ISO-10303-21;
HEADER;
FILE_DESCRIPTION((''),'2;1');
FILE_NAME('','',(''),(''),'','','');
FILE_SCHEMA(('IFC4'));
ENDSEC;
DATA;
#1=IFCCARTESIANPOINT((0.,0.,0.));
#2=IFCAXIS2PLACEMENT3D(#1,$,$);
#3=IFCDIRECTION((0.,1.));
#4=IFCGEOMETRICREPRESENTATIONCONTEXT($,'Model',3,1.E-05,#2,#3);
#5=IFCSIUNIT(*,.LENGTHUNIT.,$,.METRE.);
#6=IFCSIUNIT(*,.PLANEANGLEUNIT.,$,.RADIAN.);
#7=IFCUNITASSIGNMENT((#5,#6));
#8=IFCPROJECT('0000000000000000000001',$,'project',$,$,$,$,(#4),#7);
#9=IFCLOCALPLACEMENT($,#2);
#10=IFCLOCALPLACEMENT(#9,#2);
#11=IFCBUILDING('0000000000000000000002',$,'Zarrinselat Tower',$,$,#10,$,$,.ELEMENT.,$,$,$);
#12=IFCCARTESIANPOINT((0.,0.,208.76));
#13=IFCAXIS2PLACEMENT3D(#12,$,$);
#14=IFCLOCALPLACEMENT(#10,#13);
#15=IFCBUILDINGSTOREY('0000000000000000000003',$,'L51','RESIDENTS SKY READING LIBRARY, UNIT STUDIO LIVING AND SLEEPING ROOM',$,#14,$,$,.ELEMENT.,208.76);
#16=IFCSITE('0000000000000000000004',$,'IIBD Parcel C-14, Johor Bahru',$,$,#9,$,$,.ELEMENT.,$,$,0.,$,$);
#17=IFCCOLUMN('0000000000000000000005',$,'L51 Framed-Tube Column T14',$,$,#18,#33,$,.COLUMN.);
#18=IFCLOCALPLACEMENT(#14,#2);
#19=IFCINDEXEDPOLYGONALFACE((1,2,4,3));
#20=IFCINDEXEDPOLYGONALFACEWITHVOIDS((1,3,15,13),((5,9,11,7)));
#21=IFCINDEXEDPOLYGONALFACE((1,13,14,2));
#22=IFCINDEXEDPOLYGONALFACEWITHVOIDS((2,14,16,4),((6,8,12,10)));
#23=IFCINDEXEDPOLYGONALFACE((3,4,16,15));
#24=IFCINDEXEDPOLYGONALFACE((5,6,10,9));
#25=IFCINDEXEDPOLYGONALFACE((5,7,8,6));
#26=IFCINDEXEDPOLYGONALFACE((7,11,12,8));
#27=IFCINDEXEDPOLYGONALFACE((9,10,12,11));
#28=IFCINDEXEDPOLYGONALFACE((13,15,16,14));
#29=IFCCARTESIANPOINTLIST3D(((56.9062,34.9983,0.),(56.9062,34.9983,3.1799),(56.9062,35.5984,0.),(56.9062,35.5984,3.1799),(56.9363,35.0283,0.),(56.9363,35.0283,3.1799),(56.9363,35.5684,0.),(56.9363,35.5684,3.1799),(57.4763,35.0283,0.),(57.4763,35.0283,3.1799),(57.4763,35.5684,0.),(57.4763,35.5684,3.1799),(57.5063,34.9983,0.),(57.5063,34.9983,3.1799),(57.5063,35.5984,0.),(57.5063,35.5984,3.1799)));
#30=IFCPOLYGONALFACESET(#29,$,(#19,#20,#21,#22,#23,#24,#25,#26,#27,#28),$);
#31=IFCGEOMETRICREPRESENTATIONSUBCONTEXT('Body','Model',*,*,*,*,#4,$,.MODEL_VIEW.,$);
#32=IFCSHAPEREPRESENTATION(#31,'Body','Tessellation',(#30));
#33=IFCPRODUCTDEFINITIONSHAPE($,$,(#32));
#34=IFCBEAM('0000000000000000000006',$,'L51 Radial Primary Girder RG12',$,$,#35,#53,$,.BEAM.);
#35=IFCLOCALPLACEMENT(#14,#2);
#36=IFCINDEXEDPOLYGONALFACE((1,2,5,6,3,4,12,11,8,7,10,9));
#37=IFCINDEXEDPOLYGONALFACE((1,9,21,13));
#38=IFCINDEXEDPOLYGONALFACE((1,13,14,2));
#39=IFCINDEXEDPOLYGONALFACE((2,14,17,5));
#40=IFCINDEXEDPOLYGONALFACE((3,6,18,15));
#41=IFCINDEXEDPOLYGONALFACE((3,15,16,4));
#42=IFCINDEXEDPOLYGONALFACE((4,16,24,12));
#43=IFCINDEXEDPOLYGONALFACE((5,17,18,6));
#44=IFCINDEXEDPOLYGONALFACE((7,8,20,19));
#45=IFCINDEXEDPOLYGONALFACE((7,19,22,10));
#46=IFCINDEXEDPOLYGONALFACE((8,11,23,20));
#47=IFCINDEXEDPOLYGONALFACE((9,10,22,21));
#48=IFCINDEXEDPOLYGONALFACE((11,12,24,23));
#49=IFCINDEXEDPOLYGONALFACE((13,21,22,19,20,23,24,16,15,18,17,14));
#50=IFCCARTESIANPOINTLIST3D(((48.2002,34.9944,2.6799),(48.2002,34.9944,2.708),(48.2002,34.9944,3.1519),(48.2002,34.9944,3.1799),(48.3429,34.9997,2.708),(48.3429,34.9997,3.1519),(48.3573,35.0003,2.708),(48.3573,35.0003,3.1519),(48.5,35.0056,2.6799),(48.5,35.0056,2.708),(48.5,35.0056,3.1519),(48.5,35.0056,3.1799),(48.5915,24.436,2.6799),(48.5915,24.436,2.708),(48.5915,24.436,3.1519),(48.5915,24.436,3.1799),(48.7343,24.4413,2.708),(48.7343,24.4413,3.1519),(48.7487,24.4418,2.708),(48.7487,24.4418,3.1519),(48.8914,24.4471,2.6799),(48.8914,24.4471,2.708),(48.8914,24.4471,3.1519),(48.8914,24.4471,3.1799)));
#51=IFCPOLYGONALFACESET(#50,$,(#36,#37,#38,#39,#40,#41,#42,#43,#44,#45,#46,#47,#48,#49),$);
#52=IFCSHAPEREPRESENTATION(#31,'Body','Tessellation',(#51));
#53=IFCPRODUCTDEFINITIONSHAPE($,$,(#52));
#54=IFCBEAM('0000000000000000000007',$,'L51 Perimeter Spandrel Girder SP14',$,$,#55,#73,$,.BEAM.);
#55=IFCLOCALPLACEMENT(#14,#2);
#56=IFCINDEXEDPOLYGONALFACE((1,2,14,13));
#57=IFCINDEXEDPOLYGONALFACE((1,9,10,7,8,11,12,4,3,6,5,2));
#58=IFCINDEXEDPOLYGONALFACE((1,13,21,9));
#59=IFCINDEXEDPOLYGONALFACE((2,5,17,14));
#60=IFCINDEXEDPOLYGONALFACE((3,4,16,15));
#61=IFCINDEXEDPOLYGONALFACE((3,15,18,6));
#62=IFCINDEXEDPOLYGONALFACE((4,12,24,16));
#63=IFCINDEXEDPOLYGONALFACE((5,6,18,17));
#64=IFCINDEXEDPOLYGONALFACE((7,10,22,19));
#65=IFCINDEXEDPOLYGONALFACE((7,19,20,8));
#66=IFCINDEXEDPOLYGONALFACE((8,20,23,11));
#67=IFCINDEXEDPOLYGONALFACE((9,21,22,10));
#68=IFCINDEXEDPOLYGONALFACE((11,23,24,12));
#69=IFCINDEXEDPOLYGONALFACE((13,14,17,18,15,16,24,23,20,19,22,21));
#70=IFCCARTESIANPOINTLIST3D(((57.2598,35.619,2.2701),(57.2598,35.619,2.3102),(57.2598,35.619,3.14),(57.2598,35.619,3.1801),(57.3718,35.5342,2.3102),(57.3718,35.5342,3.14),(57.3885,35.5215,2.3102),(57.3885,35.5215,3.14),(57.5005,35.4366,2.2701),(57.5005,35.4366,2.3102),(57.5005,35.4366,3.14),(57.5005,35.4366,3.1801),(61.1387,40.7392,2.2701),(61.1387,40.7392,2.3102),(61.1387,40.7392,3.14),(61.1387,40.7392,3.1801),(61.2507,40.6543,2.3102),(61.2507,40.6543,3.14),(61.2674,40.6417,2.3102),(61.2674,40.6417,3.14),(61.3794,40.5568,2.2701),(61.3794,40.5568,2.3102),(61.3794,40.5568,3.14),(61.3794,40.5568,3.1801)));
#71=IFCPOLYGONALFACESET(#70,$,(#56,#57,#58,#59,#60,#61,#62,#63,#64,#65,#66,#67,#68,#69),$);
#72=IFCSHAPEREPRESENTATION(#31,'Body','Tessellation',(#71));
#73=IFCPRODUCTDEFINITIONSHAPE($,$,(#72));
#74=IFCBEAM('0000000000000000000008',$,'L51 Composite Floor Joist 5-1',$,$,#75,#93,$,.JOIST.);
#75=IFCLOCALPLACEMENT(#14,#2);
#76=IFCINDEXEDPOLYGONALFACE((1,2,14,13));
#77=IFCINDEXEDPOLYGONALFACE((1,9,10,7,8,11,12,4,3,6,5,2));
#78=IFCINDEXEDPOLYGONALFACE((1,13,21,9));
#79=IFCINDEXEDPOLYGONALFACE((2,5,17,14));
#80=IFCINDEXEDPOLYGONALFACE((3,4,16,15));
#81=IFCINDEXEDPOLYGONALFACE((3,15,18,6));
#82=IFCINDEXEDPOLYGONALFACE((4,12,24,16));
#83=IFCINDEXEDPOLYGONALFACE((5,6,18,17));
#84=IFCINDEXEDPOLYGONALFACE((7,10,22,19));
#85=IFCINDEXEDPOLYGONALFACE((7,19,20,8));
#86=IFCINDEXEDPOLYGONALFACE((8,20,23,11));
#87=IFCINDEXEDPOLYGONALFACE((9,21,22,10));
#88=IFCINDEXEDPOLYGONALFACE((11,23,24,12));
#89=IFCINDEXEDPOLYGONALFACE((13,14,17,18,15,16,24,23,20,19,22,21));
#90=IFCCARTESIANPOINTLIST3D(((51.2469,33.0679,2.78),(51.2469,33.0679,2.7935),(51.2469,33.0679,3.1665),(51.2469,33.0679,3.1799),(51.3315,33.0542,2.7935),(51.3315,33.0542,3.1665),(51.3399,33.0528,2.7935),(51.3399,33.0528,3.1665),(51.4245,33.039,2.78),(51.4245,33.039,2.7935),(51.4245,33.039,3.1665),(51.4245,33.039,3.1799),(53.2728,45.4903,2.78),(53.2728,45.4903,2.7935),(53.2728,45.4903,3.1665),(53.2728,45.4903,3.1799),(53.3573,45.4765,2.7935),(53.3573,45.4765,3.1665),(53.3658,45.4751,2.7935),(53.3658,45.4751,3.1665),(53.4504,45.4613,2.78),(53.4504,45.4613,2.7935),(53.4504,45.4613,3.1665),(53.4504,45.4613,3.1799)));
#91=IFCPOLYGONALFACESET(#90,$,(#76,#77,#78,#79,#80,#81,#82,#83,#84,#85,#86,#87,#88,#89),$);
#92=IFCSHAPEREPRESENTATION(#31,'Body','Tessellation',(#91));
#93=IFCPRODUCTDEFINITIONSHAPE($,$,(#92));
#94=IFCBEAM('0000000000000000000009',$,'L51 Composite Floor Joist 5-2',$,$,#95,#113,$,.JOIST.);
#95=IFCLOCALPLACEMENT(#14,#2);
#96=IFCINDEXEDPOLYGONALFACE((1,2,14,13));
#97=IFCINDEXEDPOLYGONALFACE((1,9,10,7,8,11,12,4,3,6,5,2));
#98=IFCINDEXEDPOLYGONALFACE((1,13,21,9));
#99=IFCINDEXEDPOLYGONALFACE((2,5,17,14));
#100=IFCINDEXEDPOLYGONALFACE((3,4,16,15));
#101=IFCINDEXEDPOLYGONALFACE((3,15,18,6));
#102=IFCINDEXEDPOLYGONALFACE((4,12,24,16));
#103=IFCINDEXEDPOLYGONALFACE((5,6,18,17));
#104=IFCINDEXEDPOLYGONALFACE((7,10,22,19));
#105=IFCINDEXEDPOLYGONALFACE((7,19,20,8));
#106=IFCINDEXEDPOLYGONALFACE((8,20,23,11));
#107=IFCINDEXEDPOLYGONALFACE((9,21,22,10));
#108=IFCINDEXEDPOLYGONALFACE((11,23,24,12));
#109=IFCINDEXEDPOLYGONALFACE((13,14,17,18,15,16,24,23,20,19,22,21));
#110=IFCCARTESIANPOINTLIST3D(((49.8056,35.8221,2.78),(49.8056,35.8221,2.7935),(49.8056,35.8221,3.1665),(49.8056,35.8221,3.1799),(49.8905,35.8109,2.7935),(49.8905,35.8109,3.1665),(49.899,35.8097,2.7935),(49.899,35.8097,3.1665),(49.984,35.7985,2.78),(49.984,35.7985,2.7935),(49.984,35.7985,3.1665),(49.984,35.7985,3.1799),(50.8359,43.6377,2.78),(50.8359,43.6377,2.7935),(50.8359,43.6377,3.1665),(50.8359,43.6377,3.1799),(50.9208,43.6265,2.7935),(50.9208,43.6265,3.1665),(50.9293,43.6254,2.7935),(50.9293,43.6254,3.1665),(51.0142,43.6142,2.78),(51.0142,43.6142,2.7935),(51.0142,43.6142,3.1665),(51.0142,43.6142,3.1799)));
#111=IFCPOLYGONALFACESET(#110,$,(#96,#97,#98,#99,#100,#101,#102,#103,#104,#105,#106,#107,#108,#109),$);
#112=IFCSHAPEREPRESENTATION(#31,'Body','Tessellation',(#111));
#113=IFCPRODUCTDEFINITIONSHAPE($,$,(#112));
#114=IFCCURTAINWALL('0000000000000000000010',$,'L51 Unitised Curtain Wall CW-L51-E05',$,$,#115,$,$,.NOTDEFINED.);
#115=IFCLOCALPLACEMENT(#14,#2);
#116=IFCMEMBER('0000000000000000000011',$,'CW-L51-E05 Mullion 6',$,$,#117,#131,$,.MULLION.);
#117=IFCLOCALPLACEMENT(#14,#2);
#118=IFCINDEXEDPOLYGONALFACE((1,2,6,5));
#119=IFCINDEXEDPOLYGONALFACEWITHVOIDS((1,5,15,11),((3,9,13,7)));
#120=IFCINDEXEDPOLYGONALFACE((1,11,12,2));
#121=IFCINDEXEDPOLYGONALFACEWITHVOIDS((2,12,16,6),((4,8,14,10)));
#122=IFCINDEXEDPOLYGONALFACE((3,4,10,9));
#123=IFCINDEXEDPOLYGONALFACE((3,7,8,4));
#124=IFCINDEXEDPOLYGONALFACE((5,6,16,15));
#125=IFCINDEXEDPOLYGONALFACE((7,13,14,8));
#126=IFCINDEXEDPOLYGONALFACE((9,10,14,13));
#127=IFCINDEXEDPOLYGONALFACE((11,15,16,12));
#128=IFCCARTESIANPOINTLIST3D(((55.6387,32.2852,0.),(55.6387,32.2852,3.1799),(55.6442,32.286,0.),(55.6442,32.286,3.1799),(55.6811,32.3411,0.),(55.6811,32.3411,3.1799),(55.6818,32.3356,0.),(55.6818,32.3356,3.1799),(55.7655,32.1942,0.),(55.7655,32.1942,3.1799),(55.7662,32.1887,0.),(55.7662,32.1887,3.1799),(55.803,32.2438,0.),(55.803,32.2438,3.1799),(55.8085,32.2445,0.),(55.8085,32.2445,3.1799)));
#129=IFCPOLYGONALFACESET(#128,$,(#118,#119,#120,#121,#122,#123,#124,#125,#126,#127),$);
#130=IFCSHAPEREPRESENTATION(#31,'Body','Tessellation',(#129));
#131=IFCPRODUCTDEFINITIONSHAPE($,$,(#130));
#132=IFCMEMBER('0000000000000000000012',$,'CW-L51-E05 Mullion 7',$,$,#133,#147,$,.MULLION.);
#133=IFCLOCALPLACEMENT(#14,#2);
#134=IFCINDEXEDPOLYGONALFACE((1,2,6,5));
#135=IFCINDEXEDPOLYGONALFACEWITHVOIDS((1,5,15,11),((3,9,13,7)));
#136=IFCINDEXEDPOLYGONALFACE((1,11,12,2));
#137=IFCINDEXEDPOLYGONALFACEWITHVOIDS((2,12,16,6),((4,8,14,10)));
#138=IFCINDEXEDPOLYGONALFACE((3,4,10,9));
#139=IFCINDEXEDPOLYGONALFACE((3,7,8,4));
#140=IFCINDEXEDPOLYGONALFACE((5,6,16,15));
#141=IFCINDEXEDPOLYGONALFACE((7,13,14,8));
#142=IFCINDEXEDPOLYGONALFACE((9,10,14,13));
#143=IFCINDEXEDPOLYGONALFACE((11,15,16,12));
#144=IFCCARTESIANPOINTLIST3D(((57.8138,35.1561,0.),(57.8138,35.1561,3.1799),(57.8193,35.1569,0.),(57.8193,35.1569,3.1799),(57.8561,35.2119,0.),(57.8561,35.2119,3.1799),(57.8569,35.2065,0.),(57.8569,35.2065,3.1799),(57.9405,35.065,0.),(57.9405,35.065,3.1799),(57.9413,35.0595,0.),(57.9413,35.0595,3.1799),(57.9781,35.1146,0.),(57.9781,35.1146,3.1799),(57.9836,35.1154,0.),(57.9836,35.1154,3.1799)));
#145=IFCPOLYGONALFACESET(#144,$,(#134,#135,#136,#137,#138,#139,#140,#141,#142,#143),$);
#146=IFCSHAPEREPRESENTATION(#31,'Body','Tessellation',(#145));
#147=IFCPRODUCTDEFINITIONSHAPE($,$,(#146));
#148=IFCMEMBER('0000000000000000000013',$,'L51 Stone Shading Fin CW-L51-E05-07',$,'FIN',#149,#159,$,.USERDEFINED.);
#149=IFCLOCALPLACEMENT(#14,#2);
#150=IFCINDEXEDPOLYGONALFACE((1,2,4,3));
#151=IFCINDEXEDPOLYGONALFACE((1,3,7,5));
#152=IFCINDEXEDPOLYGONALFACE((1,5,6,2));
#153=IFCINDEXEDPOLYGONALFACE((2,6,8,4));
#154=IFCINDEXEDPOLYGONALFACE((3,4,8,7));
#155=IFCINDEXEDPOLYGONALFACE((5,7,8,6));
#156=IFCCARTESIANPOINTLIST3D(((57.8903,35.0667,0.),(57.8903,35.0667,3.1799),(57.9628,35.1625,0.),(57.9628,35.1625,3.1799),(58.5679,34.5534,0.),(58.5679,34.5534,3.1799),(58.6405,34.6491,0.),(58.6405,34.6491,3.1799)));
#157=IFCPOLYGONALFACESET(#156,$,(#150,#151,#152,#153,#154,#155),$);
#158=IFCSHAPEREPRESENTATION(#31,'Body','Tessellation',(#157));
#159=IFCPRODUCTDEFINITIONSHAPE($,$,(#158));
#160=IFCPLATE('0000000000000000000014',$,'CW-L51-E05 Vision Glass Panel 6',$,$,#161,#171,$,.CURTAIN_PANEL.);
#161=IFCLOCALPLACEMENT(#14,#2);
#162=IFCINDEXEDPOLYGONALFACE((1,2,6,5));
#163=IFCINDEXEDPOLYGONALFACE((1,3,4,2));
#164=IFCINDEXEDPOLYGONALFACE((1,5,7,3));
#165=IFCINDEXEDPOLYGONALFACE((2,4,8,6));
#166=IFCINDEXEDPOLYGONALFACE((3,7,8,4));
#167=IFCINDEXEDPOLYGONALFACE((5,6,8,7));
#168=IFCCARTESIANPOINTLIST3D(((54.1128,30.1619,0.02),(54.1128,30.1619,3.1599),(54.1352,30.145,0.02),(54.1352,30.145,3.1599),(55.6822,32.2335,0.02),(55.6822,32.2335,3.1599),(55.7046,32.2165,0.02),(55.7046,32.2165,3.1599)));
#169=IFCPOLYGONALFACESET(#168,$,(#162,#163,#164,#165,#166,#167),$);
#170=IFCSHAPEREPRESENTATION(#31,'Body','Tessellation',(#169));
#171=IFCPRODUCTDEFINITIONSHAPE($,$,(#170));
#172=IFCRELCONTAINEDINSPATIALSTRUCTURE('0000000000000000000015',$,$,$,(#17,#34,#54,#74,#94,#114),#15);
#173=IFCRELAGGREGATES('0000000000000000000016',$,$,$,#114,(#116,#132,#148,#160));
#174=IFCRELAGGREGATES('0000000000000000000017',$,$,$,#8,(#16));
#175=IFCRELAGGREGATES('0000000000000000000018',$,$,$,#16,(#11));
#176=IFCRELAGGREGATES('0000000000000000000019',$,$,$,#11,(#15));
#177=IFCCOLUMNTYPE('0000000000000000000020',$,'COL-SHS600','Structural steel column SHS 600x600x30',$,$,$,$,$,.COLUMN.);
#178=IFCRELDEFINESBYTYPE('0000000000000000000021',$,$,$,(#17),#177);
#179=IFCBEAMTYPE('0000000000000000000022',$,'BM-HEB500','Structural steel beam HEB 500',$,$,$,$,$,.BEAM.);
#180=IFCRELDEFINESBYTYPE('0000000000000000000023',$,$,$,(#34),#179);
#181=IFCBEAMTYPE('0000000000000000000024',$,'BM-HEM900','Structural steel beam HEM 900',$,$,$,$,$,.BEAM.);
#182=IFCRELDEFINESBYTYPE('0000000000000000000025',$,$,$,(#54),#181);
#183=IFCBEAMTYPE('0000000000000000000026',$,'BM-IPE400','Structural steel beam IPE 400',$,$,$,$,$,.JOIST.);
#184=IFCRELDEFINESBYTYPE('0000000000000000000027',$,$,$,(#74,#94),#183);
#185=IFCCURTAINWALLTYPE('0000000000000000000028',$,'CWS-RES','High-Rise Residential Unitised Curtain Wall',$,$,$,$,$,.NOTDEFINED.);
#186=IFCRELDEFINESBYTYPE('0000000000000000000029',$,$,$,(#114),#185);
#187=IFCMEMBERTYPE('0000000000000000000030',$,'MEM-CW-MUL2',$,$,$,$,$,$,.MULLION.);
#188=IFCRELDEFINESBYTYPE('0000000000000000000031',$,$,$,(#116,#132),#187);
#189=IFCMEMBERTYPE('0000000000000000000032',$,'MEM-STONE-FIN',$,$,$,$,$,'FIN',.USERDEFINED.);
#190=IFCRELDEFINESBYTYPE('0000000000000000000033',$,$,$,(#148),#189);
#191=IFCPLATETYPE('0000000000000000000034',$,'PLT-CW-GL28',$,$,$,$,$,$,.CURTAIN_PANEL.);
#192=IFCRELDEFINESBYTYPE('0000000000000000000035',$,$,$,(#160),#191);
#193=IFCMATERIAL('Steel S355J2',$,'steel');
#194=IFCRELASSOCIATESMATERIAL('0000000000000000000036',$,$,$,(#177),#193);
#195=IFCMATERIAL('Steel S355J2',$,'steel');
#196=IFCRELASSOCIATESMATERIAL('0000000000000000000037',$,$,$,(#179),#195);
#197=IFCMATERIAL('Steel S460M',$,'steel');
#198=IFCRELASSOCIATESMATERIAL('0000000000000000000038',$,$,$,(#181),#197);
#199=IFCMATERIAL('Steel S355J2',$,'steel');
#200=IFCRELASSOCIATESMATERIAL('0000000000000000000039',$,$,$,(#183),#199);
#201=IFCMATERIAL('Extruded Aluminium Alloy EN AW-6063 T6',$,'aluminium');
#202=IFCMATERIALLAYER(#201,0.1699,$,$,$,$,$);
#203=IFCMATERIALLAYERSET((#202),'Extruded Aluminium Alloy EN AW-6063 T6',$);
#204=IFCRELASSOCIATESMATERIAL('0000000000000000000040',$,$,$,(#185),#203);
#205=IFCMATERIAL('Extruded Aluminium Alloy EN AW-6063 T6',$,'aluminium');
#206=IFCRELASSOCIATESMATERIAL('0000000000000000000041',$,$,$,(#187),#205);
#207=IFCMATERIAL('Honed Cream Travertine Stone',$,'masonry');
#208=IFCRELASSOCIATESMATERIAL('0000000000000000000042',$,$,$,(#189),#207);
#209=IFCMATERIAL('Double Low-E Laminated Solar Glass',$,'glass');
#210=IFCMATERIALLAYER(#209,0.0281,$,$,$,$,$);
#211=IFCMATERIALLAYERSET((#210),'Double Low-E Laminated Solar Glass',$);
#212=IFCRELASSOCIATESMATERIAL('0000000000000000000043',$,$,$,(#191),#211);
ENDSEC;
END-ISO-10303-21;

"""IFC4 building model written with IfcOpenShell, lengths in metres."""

from ifc_helpers import new_model, si_unit, direction, frame, origin, origin_2d, place, context, subcontext, project, spatial, rectangle, hollow_rectangle, i_section, extrude, material, layer, layer_set, material_profile, profile_set, type_object, element, aggregate, save


model = new_model("IFC4")

# Units and contexts
model_context = context("Model", 3, precision=1e-05, world=origin(), true_north=direction((0.0, 1.0)))
body_context = subcontext(model_context, "Body", "Model", "MODEL_VIEW")
ifc_project = project(units=[si_unit("LENGTHUNIT", "METRE"), si_unit("PLANEANGLEUNIT", "RADIAN")], contexts=[model_context])

# Site, building, storey
site_placement = place(None, origin())
site = spatial("IfcSite", under=ifc_project, at=site_placement, Name="IIBD Parcel C-14, Johor Bahru", CompositionType="ELEMENT", RefElevation=0.0)
building_placement = place(site_placement, origin())
building = spatial("IfcBuilding", under=site, at=building_placement, Name="Zarrinselat Tower", CompositionType="ELEMENT")
storey_placement = place(building_placement, frame((0.0, 0.0, 208.76)))
storey = spatial("IfcBuildingStorey", under=building, at=storey_placement, Name="L51", Description="RESIDENTS SKY READING LIBRARY, UNIT STUDIO LIVING AND SLEEPING ROOM", CompositionType="ELEMENT", Elevation=208.76)

# Column
ifc_material_1 = material(Name="Steel S355J2", Category="steel")
ifc_material_profile_1 = material_profile(ifc_material_1, hollow_rectangle(XDim=0.6001, YDim=0.6001, WallThickness=0.03, at=origin_2d()), Name="SHS 600x600x30")
ifc_profile_set_1 = profile_set([ifc_material_profile_1], Name="Steel S355J2")
column_type = type_object("IfcColumnType", Name="COL-SHS600", Description="Structural steel column SHS 600x600x30", PredefinedType="COLUMN", material=ifc_profile_set_1)
column_placement = place(storey_placement, frame((57.2063, 35.2983, 0.0), z_axis=(0.0, 0.0, 1.0), x_axis=(1.0, 0.0, 0.0)))
element("IfcColumn", 1, at=column_placement, inside=storey, type_object=column_type, Name="L51 Framed-Tube Column T14", PredefinedType="COLUMN", context=body_context, shape_type="SweptSolid", body=[
    extrude(hollow_rectangle(XDim=0.6001, YDim=0.6001, WallThickness=0.03, at=origin_2d()), origin(), (0.0, 0.0, 1.0), 3.1799),
])

# Beams
ifc_material_2 = material(Name="Steel S355J2", Category="steel")
ifc_material_profile_2 = material_profile(ifc_material_2, i_section(OverallWidth=0.3, OverallDepth=0.5, WebThickness=0.0144, FlangeThickness=0.0281, at=origin_2d()), Name="HEB 500")
ifc_profile_set_2 = profile_set([ifc_material_profile_2], Name="Steel S355J2")
beam_type_1 = type_object("IfcBeamType", Name="BM-HEB500", Description="Structural steel beam HEB 500", PredefinedType="BEAM", material=ifc_profile_set_2)
beam_1_placement = place(storey_placement, frame((48.3501, 35.0, 2.9299), z_axis=(0.037041, -0.999314, 0.0), x_axis=(0.999314, 0.037041, 0.0)))
element("IfcBeam", 2, at=beam_1_placement, inside=storey, type_object=beam_type_1, Name="L51 Radial Primary Girder RG12", PredefinedType="BEAM", context=body_context, shape_type="SweptSolid", body=[
    extrude(i_section(OverallWidth=0.3, OverallDepth=0.5, WebThickness=0.0144, FlangeThickness=0.0281, at=origin_2d()), origin(), (0.0, 0.0, 1.0), 10.5657),
])
ifc_material_3 = material(Name="Steel S460M", Category="steel")
ifc_material_profile_3 = material_profile(ifc_material_3, i_section(OverallWidth=0.302, OverallDepth=0.9099, WebThickness=0.021, FlangeThickness=0.04, at=origin_2d()), Name="HEM 900")
ifc_profile_set_3 = profile_set([ifc_material_profile_3], Name="Steel S460M")
beam_type_2 = type_object("IfcBeamType", Name="BM-HEM900", Description="Structural steel beam HEM 900", PredefinedType="BEAM", material=ifc_profile_set_3)
beam_2_placement = place(storey_placement, frame((57.3801, 35.5278, 2.7251), z_axis=(0.603861, 0.79709, 0.0), x_axis=(-0.79709, 0.603861, 0.0)))
element("IfcBeam", 3, at=beam_2_placement, inside=storey, type_object=beam_type_2, Name="L51 Perimeter Spandrel Girder SP14", PredefinedType="BEAM", context=body_context, shape_type="SweptSolid", body=[
    extrude(i_section(OverallWidth=0.302, OverallDepth=0.9099, WebThickness=0.021, FlangeThickness=0.04, at=origin_2d()), origin(), (0.0, 0.0, 1.0), 6.4236),
])
ifc_material_4 = material(Name="Steel S355J2", Category="steel")
ifc_material_profile_4 = material_profile(ifc_material_4, i_section(OverallWidth=0.1799, OverallDepth=0.3999, WebThickness=0.0085, FlangeThickness=0.0134, at=origin_2d()), Name="IPE 400")
ifc_profile_set_4 = profile_set([ifc_material_profile_4], Name="Steel S355J2")
beam_type_3 = type_object("IfcBeamType", Name="BM-IPE400", Description="Structural steel beam IPE 400", PredefinedType="JOIST", material=ifc_profile_set_4)
beam_3_placement = place(storey_placement, frame((51.3357, 33.0535, 2.98), z_axis=(0.160957, 0.986961, 0.0), x_axis=(-0.986961, 0.160957, 0.0)))
element("IfcBeam", 4, at=beam_3_placement, inside=storey, type_object=beam_type_3, Name="L51 Composite Floor Joist 5-1", PredefinedType="JOIST", context=body_context, shape_type="SweptSolid", body=[
    extrude(i_section(OverallWidth=0.1799, OverallDepth=0.3999, WebThickness=0.0085, FlangeThickness=0.0134, at=origin_2d()), origin(), (0.0, 0.0, 1.0), 12.5864),
])
beam_4_placement = place(storey_placement, frame((49.8948, 35.8103, 2.98), z_axis=(0.130691, 0.991423, 0.0), x_axis=(-0.991423, 0.130691, 0.0)))
element("IfcBeam", 5, at=beam_4_placement, inside=storey, type_object=beam_type_3, Name="L51 Composite Floor Joist 5-2", PredefinedType="JOIST", context=body_context, shape_type="SweptSolid", body=[
    extrude(i_section(OverallWidth=0.1799, OverallDepth=0.3999, WebThickness=0.0085, FlangeThickness=0.0134, at=origin_2d()), origin(), (0.0, 0.0, 1.0), 7.8833),
])

# Curtain wall, members, plate
ifc_material_5 = material(Name="Extruded Aluminium Alloy EN AW-6063 T6", Category="aluminium")
ifc_layer_1 = layer(ifc_material_5, 0.1699)
ifc_layer_set_1 = layer_set([ifc_layer_1], Name="Extruded Aluminium Alloy EN AW-6063 T6")
curtain_wall_type = type_object("IfcCurtainWallType", Name="CWS-RES", Description="High-Rise Residential Unitised Curtain Wall", PredefinedType="NOTDEFINED", material=ifc_layer_set_1)
curtain_wall_placement = place(storey_placement, origin())
curtain_wall = element("IfcCurtainWall", 6, at=curtain_wall_placement, inside=storey, type_object=curtain_wall_type, Name="L51 Unitised Curtain Wall CW-L51-E05", PredefinedType="NOTDEFINED")
ifc_material_6 = material(Name="Extruded Aluminium Alloy EN AW-6063 T6", Category="aluminium")
ifc_material_profile_5 = material_profile(ifc_material_6, hollow_rectangle(XDim=0.0701, YDim=0.1599, WallThickness=0.0039, at=origin_2d()), Name="RHS 160x70x4")
ifc_profile_set_5 = profile_set([ifc_material_profile_5], Name="Extruded Aluminium Alloy EN AW-6063 T6")
member_type_1 = type_object("IfcMemberType", Name="MEM-CW-MUL2", PredefinedType="MULLION", material=ifc_profile_set_5)
member_1_placement = place(storey_placement, frame((55.7236, 32.2649, 0.0), z_axis=(0.0, 0.0, 1.0), x_axis=(0.603859, 0.797091, 0.0)))
member_1 = element("IfcMember", 7, at=member_1_placement, type_object=member_type_1, Name="CW-L51-E05 Mullion 6", PredefinedType="MULLION", context=body_context, shape_type="SweptSolid", body=[
    extrude(hollow_rectangle(XDim=0.0701, YDim=0.1599, WallThickness=0.0039, at=origin_2d()), origin(), (0.0, 0.0, 1.0), 3.1799),
])
member_2_placement = place(storey_placement, frame((57.8987, 35.1357, 0.0), z_axis=(0.0, 0.0, 1.0), x_axis=(0.603859, 0.797091, 0.0)))
member_2 = element("IfcMember", 8, at=member_2_placement, type_object=member_type_1, Name="CW-L51-E05 Mullion 7", PredefinedType="MULLION", context=body_context, shape_type="SweptSolid", body=[
    extrude(hollow_rectangle(XDim=0.0701, YDim=0.1599, WallThickness=0.0039, at=origin_2d()), origin(), (0.0, 0.0, 1.0), 3.1799),
])
ifc_material_7 = material(Name="Honed Cream Travertine Stone", Category="masonry")
ifc_material_profile_6 = material_profile(ifc_material_7, rectangle(XDim=0.1201, YDim=0.8501, at=origin_2d()), Name="FIN 850x120")
ifc_profile_set_6 = profile_set([ifc_material_profile_6], Name="Honed Cream Travertine Stone")
member_type_2 = type_object("IfcMemberType", Name="MEM-STONE-FIN", ElementType="FIN", PredefinedType="USERDEFINED", material=ifc_profile_set_6)
member_3_placement = place(storey_placement, frame((58.2654, 34.8579, 0.0), z_axis=(0.0, 0.0, 1.0), x_axis=(-0.603859, -0.797091, 0.0)))
member_3 = element("IfcMember", 9, at=member_3_placement, type_object=member_type_2, Name="L51 Stone Shading Fin CW-L51-E05-07", ObjectType="FIN", PredefinedType="USERDEFINED", context=body_context, shape_type="SweptSolid", body=[
    extrude(rectangle(XDim=0.1201, YDim=0.8501, at=origin_2d()), origin(), (0.0, 0.0, 1.0), 3.1799),
])
ifc_material_8 = material(Name="Double Low-E Laminated Solar Glass", Category="glass")
ifc_layer_2 = layer(ifc_material_8, 0.0281)
ifc_layer_set_2 = layer_set([ifc_layer_2], Name="Double Low-E Laminated Solar Glass")
plate_type = type_object("IfcPlateType", Name="PLT-CW-GL28", PredefinedType="CURTAIN_PANEL", material=ifc_layer_set_2)
plate_1_placement = place(storey_placement, frame((54.9087, 31.1892, 0.02), z_axis=(0.0, 0.0, 1.0), x_axis=(0.603859, 0.797091, 0.0)))
plate_1 = element("IfcPlate", 10, at=plate_1_placement, type_object=plate_type, Name="CW-L51-E05 Vision Glass Panel 6", PredefinedType="CURTAIN_PANEL", context=body_context, shape_type="SweptSolid", body=[
    extrude(rectangle(XDim=2.5989, YDim=0.0281, at=origin_2d()), origin(), (0.0, 0.0, 1.0), 3.1399),
])
aggregate(curtain_wall, [member_1, member_2, member_3, plate_1])

save(model, "model.ifc")
